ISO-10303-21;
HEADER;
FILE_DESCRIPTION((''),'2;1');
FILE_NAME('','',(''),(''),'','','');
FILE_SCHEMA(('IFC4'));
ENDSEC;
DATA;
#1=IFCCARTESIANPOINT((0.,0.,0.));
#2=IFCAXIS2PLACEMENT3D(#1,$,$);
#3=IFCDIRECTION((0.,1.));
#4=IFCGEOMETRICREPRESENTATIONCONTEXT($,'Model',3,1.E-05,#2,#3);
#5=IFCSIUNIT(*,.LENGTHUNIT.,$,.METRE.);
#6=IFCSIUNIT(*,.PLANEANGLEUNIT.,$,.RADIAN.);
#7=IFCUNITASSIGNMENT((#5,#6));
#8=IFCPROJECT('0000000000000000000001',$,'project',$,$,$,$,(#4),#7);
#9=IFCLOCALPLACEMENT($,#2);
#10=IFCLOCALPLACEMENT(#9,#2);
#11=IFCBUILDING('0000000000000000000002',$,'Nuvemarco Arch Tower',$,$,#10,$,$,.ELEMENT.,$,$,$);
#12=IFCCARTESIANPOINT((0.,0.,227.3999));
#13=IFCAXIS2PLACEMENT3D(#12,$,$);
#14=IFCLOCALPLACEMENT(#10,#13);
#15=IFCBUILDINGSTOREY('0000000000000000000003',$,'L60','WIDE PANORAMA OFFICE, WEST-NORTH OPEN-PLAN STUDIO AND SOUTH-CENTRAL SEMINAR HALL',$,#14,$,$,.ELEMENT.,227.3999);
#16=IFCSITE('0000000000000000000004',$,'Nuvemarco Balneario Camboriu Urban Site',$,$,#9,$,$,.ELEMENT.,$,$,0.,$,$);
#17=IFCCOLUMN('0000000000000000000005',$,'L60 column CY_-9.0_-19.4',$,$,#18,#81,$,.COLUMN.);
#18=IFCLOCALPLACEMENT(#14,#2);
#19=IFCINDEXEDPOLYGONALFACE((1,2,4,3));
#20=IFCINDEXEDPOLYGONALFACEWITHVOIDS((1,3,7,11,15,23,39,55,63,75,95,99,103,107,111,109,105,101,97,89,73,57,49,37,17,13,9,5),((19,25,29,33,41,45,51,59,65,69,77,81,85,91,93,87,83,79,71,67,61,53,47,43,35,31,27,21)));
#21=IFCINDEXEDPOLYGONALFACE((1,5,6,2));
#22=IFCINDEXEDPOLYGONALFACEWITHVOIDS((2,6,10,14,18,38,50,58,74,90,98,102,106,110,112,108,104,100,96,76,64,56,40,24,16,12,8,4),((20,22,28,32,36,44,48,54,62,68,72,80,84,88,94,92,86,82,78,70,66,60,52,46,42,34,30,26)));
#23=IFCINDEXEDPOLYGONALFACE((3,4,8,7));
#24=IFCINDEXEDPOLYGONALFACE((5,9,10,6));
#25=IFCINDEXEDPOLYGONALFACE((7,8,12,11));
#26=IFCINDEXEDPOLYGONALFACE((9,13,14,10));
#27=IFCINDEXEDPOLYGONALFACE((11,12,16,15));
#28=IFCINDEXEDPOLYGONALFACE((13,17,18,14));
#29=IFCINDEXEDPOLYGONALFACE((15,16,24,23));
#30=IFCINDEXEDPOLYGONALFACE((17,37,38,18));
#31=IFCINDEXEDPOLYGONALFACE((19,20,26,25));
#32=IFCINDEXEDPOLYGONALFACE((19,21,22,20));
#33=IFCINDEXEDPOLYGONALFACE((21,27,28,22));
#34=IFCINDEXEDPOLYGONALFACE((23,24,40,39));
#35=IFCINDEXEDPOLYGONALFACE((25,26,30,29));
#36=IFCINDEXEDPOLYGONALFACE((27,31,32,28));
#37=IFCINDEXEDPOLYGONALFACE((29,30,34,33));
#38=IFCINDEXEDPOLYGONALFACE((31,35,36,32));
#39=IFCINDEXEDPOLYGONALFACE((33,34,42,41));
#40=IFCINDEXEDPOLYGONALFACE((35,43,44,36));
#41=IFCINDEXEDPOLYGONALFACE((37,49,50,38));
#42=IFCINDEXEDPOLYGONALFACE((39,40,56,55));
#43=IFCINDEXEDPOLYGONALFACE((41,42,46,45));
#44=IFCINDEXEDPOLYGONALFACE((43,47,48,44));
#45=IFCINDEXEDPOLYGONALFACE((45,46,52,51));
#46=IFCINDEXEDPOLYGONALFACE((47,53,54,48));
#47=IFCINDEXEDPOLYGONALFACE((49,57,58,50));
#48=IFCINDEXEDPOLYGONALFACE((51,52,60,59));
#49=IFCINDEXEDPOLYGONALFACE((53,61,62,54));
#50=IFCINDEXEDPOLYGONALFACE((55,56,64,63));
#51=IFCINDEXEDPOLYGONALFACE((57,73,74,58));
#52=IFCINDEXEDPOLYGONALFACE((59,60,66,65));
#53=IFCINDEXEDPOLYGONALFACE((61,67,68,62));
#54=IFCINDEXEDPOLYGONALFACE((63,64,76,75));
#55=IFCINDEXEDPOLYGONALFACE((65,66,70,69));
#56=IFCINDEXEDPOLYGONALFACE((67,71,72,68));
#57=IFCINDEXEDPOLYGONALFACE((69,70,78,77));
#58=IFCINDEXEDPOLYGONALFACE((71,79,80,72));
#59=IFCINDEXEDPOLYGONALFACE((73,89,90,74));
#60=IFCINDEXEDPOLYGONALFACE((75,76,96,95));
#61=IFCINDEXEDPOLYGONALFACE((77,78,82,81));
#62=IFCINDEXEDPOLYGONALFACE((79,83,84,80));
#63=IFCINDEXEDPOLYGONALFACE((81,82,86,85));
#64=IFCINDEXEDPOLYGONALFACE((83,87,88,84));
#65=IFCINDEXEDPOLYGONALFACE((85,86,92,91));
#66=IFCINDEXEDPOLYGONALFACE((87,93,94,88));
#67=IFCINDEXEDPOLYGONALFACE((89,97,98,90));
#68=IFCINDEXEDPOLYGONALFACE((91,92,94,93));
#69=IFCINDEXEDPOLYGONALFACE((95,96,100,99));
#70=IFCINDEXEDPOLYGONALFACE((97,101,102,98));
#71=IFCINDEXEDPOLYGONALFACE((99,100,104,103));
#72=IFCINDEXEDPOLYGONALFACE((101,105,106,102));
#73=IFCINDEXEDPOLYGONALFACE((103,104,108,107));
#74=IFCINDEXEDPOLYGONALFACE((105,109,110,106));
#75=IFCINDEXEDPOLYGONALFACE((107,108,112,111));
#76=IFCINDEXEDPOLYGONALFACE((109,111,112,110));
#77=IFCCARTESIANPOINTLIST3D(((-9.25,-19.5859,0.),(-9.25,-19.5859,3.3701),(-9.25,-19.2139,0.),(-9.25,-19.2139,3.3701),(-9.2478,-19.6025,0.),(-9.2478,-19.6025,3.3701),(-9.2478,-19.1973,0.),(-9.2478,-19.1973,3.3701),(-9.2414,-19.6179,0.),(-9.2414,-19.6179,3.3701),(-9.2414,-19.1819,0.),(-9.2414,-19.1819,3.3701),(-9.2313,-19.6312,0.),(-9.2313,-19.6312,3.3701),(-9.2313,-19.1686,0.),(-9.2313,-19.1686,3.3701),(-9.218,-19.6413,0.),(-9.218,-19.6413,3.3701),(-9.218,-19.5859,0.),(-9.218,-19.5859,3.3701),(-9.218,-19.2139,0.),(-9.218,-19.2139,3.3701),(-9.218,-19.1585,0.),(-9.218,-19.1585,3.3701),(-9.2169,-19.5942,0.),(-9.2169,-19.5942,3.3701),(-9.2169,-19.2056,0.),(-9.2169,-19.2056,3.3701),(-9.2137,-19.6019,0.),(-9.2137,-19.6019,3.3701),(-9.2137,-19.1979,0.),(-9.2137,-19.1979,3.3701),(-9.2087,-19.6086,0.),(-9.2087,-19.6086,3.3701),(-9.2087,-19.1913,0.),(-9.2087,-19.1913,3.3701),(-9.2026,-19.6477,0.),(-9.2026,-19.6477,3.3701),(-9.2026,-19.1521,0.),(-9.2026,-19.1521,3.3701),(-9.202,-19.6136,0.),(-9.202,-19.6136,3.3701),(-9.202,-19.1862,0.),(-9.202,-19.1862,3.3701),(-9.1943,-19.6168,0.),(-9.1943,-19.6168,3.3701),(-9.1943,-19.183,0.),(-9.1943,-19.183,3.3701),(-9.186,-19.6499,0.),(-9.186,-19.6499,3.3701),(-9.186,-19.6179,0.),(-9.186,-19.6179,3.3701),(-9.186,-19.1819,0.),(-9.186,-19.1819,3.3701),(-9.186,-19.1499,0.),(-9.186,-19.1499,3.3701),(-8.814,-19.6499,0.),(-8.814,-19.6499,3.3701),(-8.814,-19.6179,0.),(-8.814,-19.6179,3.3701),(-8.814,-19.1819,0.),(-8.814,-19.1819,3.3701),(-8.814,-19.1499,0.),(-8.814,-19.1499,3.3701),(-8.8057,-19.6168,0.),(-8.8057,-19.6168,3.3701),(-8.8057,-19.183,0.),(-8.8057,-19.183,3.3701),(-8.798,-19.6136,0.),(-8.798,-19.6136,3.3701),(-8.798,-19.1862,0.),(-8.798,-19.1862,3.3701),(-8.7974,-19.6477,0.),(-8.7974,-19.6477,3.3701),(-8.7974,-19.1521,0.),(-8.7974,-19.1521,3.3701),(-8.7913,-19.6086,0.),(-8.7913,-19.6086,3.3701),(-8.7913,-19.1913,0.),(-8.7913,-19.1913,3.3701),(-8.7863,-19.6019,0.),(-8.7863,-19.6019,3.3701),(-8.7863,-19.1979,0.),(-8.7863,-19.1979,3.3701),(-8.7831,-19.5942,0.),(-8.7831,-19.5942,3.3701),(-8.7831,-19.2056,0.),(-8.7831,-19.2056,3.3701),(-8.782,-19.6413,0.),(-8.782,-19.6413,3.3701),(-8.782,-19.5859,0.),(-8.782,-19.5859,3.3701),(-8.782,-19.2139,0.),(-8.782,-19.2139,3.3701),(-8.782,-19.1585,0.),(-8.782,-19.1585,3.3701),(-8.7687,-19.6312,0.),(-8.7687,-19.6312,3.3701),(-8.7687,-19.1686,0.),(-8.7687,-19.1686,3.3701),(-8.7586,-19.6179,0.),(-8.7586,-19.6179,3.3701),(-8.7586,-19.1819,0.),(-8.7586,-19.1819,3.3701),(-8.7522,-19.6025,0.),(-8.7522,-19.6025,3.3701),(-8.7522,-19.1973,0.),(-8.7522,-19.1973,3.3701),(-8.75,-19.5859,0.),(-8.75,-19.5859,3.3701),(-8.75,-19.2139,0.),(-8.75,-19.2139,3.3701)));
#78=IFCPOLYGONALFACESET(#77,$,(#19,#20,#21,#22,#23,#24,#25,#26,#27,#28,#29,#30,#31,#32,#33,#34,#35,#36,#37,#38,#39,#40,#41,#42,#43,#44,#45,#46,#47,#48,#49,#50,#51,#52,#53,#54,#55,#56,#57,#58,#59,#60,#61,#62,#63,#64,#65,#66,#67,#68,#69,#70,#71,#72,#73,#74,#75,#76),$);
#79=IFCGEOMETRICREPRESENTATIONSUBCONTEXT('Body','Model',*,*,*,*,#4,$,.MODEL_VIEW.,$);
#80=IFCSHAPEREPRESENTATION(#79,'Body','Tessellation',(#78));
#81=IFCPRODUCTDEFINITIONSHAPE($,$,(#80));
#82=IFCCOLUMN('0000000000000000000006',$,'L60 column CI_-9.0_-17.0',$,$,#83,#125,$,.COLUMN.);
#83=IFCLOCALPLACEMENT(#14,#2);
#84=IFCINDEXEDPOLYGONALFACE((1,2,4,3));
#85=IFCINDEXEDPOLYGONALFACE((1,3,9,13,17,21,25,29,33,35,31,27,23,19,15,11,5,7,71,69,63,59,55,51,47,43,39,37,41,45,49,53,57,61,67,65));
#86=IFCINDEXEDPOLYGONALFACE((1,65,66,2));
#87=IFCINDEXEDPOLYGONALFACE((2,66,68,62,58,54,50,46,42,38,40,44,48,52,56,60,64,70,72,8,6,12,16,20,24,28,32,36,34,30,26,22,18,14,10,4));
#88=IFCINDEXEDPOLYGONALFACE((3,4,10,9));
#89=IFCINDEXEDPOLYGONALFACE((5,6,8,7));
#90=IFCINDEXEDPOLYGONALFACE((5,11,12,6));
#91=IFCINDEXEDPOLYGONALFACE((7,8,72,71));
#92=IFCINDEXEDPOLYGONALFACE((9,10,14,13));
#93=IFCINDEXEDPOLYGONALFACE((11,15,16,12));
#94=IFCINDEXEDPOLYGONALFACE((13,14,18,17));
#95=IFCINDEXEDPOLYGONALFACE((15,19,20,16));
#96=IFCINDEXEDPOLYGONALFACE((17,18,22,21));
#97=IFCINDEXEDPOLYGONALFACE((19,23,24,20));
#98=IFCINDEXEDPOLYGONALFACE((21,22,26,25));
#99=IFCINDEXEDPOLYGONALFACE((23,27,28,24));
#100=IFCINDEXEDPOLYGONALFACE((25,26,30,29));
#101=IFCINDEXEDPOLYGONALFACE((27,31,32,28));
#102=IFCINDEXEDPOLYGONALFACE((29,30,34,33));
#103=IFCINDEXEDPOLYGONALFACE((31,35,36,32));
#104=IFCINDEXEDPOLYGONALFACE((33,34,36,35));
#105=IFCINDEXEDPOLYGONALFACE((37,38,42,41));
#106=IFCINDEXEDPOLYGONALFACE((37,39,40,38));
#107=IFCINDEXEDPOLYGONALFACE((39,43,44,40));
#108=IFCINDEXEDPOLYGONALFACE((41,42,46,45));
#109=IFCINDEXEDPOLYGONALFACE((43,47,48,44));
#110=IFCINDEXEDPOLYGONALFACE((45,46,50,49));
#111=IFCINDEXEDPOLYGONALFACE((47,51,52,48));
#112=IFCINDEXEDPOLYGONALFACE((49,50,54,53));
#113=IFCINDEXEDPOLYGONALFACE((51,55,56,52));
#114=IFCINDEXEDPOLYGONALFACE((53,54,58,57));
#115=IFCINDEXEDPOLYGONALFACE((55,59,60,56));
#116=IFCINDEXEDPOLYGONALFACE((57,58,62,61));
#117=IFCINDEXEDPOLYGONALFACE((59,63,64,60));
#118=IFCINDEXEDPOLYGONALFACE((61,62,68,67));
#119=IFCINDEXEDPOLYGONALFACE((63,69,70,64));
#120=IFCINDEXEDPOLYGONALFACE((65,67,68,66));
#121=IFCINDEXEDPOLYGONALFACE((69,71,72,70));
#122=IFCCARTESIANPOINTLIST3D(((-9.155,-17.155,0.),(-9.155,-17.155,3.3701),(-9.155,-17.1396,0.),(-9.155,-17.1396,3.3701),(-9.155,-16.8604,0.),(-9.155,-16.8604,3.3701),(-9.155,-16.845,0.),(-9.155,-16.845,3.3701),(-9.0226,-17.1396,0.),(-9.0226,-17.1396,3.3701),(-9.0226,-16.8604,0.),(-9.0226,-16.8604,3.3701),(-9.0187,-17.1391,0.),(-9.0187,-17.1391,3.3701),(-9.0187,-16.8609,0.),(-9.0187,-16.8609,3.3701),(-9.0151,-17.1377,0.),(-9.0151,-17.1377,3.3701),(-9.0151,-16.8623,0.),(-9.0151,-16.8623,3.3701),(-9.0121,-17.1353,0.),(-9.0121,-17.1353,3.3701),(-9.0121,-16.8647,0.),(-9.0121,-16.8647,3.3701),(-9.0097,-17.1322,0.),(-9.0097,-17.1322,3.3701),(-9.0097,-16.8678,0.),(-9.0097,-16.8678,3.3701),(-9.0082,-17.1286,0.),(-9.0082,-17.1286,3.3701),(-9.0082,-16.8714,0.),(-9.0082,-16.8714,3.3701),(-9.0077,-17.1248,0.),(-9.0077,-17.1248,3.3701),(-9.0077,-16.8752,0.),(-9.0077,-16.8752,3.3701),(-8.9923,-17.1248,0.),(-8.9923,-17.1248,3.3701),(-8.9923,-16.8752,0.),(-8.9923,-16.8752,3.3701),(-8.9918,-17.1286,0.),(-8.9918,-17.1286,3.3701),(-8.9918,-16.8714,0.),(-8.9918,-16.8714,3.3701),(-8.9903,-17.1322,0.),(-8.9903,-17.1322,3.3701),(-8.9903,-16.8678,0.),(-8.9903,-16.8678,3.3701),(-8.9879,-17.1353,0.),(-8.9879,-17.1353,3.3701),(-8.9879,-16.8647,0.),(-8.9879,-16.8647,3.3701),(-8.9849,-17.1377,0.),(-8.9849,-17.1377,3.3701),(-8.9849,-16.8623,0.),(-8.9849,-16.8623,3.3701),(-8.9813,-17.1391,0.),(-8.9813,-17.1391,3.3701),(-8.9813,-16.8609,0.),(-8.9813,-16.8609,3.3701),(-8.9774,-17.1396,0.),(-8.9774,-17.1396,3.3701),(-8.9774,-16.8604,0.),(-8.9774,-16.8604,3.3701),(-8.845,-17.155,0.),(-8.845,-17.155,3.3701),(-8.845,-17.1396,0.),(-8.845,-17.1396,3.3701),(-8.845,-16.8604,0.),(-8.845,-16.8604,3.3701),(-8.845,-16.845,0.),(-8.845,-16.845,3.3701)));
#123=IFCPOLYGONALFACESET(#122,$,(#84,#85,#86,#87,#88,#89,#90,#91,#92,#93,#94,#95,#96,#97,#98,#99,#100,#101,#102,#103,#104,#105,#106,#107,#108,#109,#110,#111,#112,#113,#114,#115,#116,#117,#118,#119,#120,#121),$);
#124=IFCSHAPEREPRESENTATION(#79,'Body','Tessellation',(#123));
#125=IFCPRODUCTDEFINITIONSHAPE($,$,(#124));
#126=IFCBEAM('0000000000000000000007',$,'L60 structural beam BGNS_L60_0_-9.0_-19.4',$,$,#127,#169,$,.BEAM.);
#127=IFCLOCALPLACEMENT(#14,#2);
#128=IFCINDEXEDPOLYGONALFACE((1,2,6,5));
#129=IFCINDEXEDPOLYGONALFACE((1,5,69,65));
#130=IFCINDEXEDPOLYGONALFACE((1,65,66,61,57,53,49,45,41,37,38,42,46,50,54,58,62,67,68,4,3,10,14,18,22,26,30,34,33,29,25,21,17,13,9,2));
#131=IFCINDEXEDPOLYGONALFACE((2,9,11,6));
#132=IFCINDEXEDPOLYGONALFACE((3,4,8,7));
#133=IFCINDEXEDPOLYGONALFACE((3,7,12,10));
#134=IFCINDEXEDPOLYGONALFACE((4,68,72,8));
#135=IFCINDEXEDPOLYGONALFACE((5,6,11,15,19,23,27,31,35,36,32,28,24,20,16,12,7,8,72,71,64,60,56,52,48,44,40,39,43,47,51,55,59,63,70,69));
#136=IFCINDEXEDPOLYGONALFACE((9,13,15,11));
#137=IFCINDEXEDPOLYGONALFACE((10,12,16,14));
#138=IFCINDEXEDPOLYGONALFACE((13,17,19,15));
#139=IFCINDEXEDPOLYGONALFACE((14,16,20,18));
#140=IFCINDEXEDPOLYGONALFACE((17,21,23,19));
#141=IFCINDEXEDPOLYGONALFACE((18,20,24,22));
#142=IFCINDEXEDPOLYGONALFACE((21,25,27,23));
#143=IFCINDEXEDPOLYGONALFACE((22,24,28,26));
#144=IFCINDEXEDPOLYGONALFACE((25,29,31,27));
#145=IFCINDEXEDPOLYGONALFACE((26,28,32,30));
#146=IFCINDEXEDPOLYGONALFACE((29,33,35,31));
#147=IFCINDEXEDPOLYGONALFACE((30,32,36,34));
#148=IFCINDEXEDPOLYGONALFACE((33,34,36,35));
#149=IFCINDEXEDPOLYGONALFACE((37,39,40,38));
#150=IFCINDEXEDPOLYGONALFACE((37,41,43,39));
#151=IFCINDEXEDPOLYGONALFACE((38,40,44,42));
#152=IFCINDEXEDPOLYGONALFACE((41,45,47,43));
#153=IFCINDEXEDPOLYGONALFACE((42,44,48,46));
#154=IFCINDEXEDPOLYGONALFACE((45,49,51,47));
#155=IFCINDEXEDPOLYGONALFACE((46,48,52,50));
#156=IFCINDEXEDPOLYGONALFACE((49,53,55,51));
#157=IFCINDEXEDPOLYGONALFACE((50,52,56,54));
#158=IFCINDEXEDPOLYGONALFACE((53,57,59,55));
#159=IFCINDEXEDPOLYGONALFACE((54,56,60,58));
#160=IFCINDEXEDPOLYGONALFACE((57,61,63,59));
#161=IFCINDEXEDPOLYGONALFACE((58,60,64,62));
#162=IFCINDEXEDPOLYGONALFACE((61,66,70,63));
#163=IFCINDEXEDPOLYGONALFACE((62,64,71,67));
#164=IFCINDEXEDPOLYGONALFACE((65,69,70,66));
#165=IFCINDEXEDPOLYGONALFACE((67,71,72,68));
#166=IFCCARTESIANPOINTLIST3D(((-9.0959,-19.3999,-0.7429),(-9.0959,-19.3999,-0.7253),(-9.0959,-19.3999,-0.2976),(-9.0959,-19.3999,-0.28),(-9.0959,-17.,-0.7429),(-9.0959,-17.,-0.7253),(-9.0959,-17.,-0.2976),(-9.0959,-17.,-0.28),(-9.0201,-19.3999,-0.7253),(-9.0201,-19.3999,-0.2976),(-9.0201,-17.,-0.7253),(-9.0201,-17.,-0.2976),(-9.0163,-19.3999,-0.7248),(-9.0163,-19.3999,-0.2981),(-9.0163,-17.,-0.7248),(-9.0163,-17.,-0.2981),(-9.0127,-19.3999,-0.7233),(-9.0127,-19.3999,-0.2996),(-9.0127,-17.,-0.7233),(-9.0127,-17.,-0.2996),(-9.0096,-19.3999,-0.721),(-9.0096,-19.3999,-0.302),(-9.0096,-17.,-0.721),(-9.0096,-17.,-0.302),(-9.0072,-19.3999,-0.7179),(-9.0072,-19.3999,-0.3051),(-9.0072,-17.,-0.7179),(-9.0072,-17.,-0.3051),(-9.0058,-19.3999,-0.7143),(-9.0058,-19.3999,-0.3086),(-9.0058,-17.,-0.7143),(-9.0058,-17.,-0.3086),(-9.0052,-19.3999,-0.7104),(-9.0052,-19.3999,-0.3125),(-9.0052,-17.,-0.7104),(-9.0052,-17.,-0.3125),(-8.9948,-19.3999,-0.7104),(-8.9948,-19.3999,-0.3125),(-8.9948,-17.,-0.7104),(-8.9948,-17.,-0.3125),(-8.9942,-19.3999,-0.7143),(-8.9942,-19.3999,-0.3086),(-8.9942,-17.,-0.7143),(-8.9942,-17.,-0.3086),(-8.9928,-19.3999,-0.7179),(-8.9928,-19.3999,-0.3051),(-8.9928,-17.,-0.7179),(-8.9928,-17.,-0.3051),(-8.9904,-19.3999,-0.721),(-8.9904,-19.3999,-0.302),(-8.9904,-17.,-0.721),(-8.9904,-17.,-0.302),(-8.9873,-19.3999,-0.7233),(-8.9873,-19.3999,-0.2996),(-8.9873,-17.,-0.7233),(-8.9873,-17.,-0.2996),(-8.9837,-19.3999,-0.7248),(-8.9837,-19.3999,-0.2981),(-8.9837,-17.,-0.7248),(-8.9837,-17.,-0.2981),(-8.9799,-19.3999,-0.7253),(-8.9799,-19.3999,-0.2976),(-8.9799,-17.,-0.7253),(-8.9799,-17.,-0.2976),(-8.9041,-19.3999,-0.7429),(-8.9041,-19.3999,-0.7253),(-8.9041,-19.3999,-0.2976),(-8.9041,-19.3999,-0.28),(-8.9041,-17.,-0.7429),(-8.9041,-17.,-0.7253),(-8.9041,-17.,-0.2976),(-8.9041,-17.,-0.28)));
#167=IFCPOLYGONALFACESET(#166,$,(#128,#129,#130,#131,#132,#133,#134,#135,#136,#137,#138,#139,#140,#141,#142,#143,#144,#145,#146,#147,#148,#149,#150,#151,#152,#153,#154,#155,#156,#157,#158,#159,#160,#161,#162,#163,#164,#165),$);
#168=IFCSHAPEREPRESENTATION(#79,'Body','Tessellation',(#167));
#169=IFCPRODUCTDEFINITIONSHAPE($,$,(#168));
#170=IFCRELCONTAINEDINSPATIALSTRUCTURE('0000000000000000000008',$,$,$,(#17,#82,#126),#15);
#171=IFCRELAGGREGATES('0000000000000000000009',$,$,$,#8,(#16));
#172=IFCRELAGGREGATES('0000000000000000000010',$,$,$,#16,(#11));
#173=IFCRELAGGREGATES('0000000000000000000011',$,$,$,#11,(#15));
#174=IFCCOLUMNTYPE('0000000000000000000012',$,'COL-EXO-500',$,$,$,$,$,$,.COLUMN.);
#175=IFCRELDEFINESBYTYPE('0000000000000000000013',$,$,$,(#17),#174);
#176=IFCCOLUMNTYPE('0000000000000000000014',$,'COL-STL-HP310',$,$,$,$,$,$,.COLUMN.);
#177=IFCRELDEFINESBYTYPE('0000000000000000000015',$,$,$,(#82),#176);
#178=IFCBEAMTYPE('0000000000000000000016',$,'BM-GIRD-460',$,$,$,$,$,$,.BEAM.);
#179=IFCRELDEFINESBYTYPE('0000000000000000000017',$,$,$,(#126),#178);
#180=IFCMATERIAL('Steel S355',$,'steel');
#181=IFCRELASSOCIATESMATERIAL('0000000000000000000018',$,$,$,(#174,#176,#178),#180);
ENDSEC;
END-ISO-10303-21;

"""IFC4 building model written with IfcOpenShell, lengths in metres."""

from ifc_helpers import new_model, si_unit, direction, frame, origin, origin_2d, place, context, subcontext, project, spatial, hollow_rectangle, i_section, extrude, material, material_profile, profile_set, type_object, element, save


model = new_model("IFC4")

# Units and contexts
model_context = context("Model", 3, precision=1e-05, world=origin(), true_north=direction((0.0, 1.0)))
body_context = subcontext(model_context, "Body", "Model", "MODEL_VIEW")
ifc_project = project(units=[si_unit("LENGTHUNIT", "METRE"), si_unit("PLANEANGLEUNIT", "RADIAN")], contexts=[model_context])

# Site, building, storey
site_placement = place(None, origin())
site = spatial("IfcSite", under=ifc_project, at=site_placement, Name="Nuvemarco Balneario Camboriu Urban Site", CompositionType="ELEMENT", RefElevation=0.0)
building_placement = place(site_placement, origin())
building = spatial("IfcBuilding", under=site, at=building_placement, Name="Nuvemarco Arch Tower", CompositionType="ELEMENT")
storey_placement = place(building_placement, frame((0.0, 0.0, 227.3999)))
storey = spatial("IfcBuildingStorey", under=building, at=storey_placement, Name="L60", Description="WIDE PANORAMA OFFICE, WEST-NORTH OPEN-PLAN STUDIO AND SOUTH-CENTRAL SEMINAR HALL", CompositionType="ELEMENT", Elevation=227.3999)

# Columns
ifc_material_1 = material(Name="Steel S355", Category="steel")
ifc_material_profile_1 = material_profile(ifc_material_1, hollow_rectangle(XDim=0.5, YDim=0.5, WallThickness=0.032, InnerFilletRadius=0.032, OuterFilletRadius=0.064, at=origin_2d()), Name="SHS500x500x32")
ifc_profile_set_1 = profile_set([ifc_material_profile_1], Name="Steel S355")
column_type_1 = type_object("IfcColumnType", Name="COL-EXO-500", PredefinedType="COLUMN", material=ifc_profile_set_1)
column_1_placement = place(storey_placement, frame((-9.0, -19.3999, 0.0), z_axis=(0.0, 0.0, 1.0), x_axis=(1.0, 0.0, 0.0)))
element("IfcColumn", 1, at=column_1_placement, inside=storey, type_object=column_type_1, Name="L60 column CY_-9.0_-19.4", PredefinedType="COLUMN", context=body_context, shape_type="SweptSolid", body=[
    extrude(hollow_rectangle(XDim=0.5, YDim=0.5, WallThickness=0.032, InnerFilletRadius=0.032, OuterFilletRadius=0.064, at=origin_2d()), origin(), (0.0, 0.0, 1.0), 3.3701),
])
ifc_material_profile_2 = material_profile(ifc_material_1, i_section(OverallWidth=0.3101, OverallDepth=0.3101, WebThickness=0.0154, FlangeThickness=0.0154, FilletRadius=0.0149, at=origin_2d()), Name="HP310x110")
ifc_profile_set_2 = profile_set([ifc_material_profile_2], Name="Steel S355")
column_type_2 = type_object("IfcColumnType", Name="COL-STL-HP310", PredefinedType="COLUMN", material=ifc_profile_set_2)
column_2_placement = place(storey_placement, frame((-9.0, -17.0, 0.0), z_axis=(0.0, 0.0, 1.0), x_axis=(1.0, 0.0, 0.0)))
element("IfcColumn", 2, at=column_2_placement, inside=storey, type_object=column_type_2, Name="L60 column CI_-9.0_-17.0", PredefinedType="COLUMN", context=body_context, shape_type="SweptSolid", body=[
    extrude(i_section(OverallWidth=0.3101, OverallDepth=0.3101, WebThickness=0.0154, FlangeThickness=0.0154, FilletRadius=0.0149, at=origin_2d()), origin(), (0.0, 0.0, 1.0), 3.3701),
])

# Beam
ifc_material_profile_3 = material_profile(ifc_material_1, i_section(OverallWidth=0.1919, OverallDepth=0.4629, WebThickness=0.0105, FlangeThickness=0.0176, FilletRadius=0.0149, at=origin_2d()), Name="W460x89")
ifc_profile_set_3 = profile_set([ifc_material_profile_3], Name="Steel S355")
beam_type_1 = type_object("IfcBeamType", Name="BM-GIRD-460", PredefinedType="BEAM", material=ifc_profile_set_3)
beam_1_placement = place(storey_placement, frame((-9.0, -19.3999, -0.5115), z_axis=(0.0, 1.0, 0.0), x_axis=(-1.0, 0.0, 0.0)))
element("IfcBeam", 3, at=beam_1_placement, inside=storey, type_object=beam_type_1, Name="L60 structural beam BGNS_L60_0_-9.0_-19.4", PredefinedType="BEAM", context=body_context, shape_type="SweptSolid", body=[
    extrude(i_section(OverallWidth=0.1919, OverallDepth=0.4629, WebThickness=0.0105, FlangeThickness=0.0176, FilletRadius=0.0149, at=origin_2d()), origin(), (0.0, 0.0, 1.0), 2.3999),
])

save(model, "model.ifc")
